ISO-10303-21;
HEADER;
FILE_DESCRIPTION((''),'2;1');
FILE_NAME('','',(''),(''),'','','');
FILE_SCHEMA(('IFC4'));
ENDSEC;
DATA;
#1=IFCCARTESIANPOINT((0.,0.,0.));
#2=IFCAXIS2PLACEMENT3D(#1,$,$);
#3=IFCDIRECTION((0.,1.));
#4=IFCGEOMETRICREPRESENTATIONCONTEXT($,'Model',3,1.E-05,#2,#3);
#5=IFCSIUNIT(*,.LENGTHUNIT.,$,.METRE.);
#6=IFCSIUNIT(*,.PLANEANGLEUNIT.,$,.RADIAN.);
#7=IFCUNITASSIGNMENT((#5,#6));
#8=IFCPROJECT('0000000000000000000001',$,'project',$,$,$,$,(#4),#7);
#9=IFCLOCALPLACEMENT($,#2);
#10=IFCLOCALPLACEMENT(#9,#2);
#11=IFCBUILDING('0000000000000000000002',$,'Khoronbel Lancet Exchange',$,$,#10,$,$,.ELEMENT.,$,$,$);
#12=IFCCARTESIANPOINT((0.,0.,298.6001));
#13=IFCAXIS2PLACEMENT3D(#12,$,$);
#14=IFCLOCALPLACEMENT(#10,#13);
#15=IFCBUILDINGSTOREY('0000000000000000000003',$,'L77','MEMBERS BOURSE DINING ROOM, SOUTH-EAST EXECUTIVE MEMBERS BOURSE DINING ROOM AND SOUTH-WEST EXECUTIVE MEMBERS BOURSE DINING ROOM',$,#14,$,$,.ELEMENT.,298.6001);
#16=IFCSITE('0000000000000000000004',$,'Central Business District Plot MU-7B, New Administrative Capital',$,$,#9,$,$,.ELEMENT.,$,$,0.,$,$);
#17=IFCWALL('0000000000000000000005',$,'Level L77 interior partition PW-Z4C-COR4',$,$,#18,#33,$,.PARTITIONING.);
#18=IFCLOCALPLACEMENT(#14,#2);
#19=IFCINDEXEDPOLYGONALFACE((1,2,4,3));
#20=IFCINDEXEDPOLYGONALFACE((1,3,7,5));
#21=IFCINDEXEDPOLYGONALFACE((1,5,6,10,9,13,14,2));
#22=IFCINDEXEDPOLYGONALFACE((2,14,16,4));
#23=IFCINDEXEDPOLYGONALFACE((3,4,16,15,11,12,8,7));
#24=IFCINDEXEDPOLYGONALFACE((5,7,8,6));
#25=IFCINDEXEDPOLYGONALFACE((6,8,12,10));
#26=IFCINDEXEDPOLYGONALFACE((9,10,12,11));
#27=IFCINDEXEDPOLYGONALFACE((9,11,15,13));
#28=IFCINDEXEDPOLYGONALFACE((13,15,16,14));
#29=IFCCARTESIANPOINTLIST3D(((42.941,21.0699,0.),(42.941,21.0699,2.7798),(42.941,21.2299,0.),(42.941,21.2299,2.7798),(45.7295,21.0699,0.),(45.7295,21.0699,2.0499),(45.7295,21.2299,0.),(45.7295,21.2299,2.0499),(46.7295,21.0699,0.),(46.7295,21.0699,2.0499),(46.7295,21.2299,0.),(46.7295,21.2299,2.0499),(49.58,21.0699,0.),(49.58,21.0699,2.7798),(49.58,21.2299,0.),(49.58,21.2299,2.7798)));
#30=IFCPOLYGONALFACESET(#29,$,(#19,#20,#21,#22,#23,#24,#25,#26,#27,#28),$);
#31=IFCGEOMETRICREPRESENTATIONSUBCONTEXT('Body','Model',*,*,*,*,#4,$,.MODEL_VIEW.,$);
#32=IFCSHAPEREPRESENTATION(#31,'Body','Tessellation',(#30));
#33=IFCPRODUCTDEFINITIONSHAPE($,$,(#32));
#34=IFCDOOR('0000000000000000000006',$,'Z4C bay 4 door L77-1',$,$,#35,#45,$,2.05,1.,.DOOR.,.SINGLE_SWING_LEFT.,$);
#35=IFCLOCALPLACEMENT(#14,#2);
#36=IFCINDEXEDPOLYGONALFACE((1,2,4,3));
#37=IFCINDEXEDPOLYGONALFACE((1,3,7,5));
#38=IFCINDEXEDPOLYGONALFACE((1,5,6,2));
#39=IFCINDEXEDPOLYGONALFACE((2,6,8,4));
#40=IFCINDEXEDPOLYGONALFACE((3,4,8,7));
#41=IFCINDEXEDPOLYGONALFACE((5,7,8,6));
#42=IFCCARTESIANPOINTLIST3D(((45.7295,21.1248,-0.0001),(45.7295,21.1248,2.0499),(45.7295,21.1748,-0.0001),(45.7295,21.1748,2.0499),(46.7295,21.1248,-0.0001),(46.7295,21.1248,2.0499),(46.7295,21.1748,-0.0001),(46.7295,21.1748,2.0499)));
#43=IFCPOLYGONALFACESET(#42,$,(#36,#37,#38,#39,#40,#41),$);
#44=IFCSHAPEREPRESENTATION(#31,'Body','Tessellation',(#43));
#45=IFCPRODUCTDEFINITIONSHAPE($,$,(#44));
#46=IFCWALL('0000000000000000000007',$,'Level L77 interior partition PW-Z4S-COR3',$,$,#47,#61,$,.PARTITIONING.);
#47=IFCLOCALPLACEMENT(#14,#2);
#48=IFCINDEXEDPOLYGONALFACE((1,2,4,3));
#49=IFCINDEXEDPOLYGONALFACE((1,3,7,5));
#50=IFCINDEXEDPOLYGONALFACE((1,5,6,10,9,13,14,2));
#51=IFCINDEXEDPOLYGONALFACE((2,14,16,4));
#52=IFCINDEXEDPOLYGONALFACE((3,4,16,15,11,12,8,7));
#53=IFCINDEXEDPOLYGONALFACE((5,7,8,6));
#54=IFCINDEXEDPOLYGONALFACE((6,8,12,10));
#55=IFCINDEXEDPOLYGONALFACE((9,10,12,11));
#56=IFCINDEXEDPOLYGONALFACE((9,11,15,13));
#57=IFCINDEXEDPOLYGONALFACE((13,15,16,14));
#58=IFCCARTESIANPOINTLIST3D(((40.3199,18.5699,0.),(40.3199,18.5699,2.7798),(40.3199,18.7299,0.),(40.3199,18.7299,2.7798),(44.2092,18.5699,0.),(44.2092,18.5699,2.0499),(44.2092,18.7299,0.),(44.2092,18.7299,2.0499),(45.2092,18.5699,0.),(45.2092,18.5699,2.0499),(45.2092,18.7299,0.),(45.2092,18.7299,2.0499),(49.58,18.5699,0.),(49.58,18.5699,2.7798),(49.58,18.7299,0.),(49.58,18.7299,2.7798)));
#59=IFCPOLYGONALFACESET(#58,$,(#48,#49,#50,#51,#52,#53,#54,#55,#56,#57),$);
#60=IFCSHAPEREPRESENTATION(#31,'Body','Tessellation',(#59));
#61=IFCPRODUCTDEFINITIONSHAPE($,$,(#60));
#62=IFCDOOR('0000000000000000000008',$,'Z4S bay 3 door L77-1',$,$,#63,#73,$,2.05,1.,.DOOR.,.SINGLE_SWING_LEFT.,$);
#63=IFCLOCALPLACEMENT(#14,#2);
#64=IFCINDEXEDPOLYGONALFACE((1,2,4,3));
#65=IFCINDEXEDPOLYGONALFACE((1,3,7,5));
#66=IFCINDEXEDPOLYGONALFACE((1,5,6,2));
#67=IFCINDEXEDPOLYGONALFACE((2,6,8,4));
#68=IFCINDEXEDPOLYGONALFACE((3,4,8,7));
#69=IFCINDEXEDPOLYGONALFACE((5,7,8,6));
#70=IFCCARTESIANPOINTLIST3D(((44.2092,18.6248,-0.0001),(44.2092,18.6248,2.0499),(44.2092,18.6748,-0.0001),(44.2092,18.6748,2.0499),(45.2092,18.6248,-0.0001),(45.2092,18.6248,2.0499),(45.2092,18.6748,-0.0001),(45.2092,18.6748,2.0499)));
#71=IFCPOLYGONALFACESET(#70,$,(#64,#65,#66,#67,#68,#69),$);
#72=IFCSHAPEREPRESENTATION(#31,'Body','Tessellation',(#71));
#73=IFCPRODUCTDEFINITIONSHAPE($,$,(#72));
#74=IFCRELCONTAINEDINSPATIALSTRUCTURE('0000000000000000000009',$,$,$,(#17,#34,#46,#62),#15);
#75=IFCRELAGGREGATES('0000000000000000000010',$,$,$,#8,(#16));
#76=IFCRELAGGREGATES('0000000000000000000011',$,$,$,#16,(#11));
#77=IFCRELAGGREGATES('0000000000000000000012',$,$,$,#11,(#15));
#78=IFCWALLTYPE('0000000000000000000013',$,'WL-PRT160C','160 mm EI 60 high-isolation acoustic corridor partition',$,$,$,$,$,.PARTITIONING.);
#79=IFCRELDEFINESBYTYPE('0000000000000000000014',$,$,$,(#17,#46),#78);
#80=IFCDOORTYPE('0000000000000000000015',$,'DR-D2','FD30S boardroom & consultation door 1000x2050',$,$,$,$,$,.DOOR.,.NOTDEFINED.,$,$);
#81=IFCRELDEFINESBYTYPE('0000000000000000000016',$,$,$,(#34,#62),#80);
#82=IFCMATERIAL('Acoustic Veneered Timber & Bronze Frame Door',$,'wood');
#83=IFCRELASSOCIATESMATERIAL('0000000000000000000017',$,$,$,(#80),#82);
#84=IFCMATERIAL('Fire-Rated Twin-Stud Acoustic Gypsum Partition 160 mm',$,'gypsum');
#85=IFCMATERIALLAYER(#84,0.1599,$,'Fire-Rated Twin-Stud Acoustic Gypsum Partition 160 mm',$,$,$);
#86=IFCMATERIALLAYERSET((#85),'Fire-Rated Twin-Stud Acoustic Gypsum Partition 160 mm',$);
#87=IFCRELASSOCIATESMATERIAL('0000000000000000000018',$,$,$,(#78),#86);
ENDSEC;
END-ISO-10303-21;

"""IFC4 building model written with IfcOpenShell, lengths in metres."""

from ifc_helpers import new_model, si_unit, direction, frame, frame_2d, origin, place, context, subcontext, project, spatial, rectangle, extrude, material, layer, layer_set, type_object, element, fill, save


model = new_model("IFC4")

# Units and contexts
model_context = context("Model", 3, precision=1e-05, world=origin(), true_north=direction((0.0, 1.0)))
body_context = subcontext(model_context, "Body", "Model", "MODEL_VIEW")
ifc_project = project(units=[si_unit("LENGTHUNIT", "METRE"), si_unit("PLANEANGLEUNIT", "RADIAN")], contexts=[model_context])

# Site, building, storey
site_placement = place(None, origin())
site = spatial("IfcSite", under=ifc_project, at=site_placement, Name="Central Business District Plot MU-7B, New Administrative Capital", CompositionType="ELEMENT", RefElevation=0.0)
building_placement = place(site_placement, origin())
building = spatial("IfcBuilding", under=site, at=building_placement, Name="Khoronbel Lancet Exchange", CompositionType="ELEMENT")
storey_placement = place(building_placement, frame((0.0, 0.0, 298.6001)))
storey = spatial("IfcBuildingStorey", under=building, at=storey_placement, Name="L77", Description="MEMBERS BOURSE DINING ROOM, SOUTH-EAST EXECUTIVE MEMBERS BOURSE DINING ROOM AND SOUTH-WEST EXECUTIVE MEMBERS BOURSE DINING ROOM", CompositionType="ELEMENT", Elevation=298.6001)

# Shared definitions
ifc_material_1 = material(Name="Acoustic Veneered Timber & Bronze Frame Door", Category="wood")
door_type_1 = type_object("IfcDoorType", Name="DR-D2", Description="FD30S boardroom & consultation door 1000x2050", OperationType="NOTDEFINED", PredefinedType="DOOR", material=ifc_material_1)

# Walls, openings, doors
ifc_material_2 = material(Name="Fire-Rated Twin-Stud Acoustic Gypsum Partition 160 mm", Category="gypsum")
ifc_layer_1 = layer(ifc_material_2, 0.1599, Name="Fire-Rated Twin-Stud Acoustic Gypsum Partition 160 mm")
ifc_layer_set_1 = layer_set([ifc_layer_1], Name="Fire-Rated Twin-Stud Acoustic Gypsum Partition 160 mm")
wall_type_1 = type_object("IfcWallType", Name="WL-PRT160C", Description="160 mm EI 60 high-isolation acoustic corridor partition", PredefinedType="PARTITIONING", material=ifc_layer_set_1)
wall_1_placement = place(storey_placement, frame((42.9412, 21.1499, 0.0), z_axis=(0.0, 0.0, 1.0), x_axis=(1.0, 0.0, 0.0)))
wall_1 = element("IfcWall", 1, at=wall_1_placement, inside=storey, type_object=wall_type_1, Name="Level L77 interior partition PW-Z4C-COR4", PredefinedType="PARTITIONING", context=body_context, shape_type="SweptSolid", body=[
    extrude(rectangle(XDim=6.6389, YDim=0.1599, at=frame_2d((3.3193, 0.0))), origin(), (0.0, 0.0, 1.0), 2.7798),
])
opening_1_placement = place(wall_1_placement, frame((2.7883, 0.0, 0.0)))
opening_1 = element("IfcOpeningElement", 2, at=opening_1_placement, cuts=wall_1, PredefinedType="OPENING", context=body_context, shape_type="SweptSolid", body=[
    extrude(rectangle(XDim=1.0, YDim=2.05, at=frame_2d((0.5, 1.0249))), frame((0.0, 0.0898, 0.0), z_axis=(0.0, -1.0, 0.0), x_axis=(1.0, 0.0, 0.0)), (0.0, 0.0, 1.0), 0.1799),
])
door_1_placement = place(opening_1_placement, origin())
door_1 = element("IfcDoor", 3, at=door_1_placement, inside=storey, type_object=door_type_1, Name="Z4C bay 4 door L77-1", OperationType="SINGLE_SWING_LEFT", OverallHeight=2.05, OverallWidth=1.0, PredefinedType="DOOR", context=body_context, shape_type="SweptSolid", body=[
    extrude(rectangle(XDim=1.0, YDim=2.05, at=frame_2d((0.5, 1.0249))), frame((0.0, 0.0249, 0.0), z_axis=(0.0, -1.0, 0.0), x_axis=(1.0, 0.0, 0.0)), (0.0, 0.0, 1.0), 0.05),
])
fill(opening_1, door_1)
wall_2_placement = place(storey_placement, frame((40.3201, 18.6499, 0.0), z_axis=(0.0, 0.0, 1.0), x_axis=(1.0, 0.0, 0.0)))
wall_2 = element("IfcWall", 4, at=wall_2_placement, inside=storey, type_object=wall_type_1, Name="Level L77 interior partition PW-Z4S-COR3", PredefinedType="PARTITIONING", context=body_context, shape_type="SweptSolid", body=[
    extrude(rectangle(XDim=9.26, YDim=0.1599, at=frame_2d((4.6299, 0.0))), origin(), (0.0, 0.0, 1.0), 2.7798),
])
opening_2_placement = place(wall_2_placement, frame((3.8892, 0.0, 0.0)))
opening_2 = element("IfcOpeningElement", 5, at=opening_2_placement, cuts=wall_2, PredefinedType="OPENING", context=body_context, shape_type="SweptSolid", body=[
    extrude(rectangle(XDim=1.0, YDim=2.05, at=frame_2d((0.5, 1.0249))), frame((0.0, 0.0898, 0.0), z_axis=(0.0, -1.0, 0.0), x_axis=(1.0, 0.0, 0.0)), (0.0, 0.0, 1.0), 0.1799),
])
door_2_placement = place(opening_2_placement, origin())
door_2 = element("IfcDoor", 6, at=door_2_placement, inside=storey, type_object=door_type_1, Name="Z4S bay 3 door L77-1", OperationType="SINGLE_SWING_LEFT", OverallHeight=2.05, OverallWidth=1.0, PredefinedType="DOOR", context=body_context, shape_type="SweptSolid", body=[
    extrude(rectangle(XDim=1.0, YDim=2.05, at=frame_2d((0.5, 1.0249))), frame((0.0, 0.0249, 0.0), z_axis=(0.0, -1.0, 0.0), x_axis=(1.0, 0.0, 0.0)), (0.0, 0.0, 1.0), 0.05),
])
fill(opening_2, door_2)

save(model, "model.ifc")
